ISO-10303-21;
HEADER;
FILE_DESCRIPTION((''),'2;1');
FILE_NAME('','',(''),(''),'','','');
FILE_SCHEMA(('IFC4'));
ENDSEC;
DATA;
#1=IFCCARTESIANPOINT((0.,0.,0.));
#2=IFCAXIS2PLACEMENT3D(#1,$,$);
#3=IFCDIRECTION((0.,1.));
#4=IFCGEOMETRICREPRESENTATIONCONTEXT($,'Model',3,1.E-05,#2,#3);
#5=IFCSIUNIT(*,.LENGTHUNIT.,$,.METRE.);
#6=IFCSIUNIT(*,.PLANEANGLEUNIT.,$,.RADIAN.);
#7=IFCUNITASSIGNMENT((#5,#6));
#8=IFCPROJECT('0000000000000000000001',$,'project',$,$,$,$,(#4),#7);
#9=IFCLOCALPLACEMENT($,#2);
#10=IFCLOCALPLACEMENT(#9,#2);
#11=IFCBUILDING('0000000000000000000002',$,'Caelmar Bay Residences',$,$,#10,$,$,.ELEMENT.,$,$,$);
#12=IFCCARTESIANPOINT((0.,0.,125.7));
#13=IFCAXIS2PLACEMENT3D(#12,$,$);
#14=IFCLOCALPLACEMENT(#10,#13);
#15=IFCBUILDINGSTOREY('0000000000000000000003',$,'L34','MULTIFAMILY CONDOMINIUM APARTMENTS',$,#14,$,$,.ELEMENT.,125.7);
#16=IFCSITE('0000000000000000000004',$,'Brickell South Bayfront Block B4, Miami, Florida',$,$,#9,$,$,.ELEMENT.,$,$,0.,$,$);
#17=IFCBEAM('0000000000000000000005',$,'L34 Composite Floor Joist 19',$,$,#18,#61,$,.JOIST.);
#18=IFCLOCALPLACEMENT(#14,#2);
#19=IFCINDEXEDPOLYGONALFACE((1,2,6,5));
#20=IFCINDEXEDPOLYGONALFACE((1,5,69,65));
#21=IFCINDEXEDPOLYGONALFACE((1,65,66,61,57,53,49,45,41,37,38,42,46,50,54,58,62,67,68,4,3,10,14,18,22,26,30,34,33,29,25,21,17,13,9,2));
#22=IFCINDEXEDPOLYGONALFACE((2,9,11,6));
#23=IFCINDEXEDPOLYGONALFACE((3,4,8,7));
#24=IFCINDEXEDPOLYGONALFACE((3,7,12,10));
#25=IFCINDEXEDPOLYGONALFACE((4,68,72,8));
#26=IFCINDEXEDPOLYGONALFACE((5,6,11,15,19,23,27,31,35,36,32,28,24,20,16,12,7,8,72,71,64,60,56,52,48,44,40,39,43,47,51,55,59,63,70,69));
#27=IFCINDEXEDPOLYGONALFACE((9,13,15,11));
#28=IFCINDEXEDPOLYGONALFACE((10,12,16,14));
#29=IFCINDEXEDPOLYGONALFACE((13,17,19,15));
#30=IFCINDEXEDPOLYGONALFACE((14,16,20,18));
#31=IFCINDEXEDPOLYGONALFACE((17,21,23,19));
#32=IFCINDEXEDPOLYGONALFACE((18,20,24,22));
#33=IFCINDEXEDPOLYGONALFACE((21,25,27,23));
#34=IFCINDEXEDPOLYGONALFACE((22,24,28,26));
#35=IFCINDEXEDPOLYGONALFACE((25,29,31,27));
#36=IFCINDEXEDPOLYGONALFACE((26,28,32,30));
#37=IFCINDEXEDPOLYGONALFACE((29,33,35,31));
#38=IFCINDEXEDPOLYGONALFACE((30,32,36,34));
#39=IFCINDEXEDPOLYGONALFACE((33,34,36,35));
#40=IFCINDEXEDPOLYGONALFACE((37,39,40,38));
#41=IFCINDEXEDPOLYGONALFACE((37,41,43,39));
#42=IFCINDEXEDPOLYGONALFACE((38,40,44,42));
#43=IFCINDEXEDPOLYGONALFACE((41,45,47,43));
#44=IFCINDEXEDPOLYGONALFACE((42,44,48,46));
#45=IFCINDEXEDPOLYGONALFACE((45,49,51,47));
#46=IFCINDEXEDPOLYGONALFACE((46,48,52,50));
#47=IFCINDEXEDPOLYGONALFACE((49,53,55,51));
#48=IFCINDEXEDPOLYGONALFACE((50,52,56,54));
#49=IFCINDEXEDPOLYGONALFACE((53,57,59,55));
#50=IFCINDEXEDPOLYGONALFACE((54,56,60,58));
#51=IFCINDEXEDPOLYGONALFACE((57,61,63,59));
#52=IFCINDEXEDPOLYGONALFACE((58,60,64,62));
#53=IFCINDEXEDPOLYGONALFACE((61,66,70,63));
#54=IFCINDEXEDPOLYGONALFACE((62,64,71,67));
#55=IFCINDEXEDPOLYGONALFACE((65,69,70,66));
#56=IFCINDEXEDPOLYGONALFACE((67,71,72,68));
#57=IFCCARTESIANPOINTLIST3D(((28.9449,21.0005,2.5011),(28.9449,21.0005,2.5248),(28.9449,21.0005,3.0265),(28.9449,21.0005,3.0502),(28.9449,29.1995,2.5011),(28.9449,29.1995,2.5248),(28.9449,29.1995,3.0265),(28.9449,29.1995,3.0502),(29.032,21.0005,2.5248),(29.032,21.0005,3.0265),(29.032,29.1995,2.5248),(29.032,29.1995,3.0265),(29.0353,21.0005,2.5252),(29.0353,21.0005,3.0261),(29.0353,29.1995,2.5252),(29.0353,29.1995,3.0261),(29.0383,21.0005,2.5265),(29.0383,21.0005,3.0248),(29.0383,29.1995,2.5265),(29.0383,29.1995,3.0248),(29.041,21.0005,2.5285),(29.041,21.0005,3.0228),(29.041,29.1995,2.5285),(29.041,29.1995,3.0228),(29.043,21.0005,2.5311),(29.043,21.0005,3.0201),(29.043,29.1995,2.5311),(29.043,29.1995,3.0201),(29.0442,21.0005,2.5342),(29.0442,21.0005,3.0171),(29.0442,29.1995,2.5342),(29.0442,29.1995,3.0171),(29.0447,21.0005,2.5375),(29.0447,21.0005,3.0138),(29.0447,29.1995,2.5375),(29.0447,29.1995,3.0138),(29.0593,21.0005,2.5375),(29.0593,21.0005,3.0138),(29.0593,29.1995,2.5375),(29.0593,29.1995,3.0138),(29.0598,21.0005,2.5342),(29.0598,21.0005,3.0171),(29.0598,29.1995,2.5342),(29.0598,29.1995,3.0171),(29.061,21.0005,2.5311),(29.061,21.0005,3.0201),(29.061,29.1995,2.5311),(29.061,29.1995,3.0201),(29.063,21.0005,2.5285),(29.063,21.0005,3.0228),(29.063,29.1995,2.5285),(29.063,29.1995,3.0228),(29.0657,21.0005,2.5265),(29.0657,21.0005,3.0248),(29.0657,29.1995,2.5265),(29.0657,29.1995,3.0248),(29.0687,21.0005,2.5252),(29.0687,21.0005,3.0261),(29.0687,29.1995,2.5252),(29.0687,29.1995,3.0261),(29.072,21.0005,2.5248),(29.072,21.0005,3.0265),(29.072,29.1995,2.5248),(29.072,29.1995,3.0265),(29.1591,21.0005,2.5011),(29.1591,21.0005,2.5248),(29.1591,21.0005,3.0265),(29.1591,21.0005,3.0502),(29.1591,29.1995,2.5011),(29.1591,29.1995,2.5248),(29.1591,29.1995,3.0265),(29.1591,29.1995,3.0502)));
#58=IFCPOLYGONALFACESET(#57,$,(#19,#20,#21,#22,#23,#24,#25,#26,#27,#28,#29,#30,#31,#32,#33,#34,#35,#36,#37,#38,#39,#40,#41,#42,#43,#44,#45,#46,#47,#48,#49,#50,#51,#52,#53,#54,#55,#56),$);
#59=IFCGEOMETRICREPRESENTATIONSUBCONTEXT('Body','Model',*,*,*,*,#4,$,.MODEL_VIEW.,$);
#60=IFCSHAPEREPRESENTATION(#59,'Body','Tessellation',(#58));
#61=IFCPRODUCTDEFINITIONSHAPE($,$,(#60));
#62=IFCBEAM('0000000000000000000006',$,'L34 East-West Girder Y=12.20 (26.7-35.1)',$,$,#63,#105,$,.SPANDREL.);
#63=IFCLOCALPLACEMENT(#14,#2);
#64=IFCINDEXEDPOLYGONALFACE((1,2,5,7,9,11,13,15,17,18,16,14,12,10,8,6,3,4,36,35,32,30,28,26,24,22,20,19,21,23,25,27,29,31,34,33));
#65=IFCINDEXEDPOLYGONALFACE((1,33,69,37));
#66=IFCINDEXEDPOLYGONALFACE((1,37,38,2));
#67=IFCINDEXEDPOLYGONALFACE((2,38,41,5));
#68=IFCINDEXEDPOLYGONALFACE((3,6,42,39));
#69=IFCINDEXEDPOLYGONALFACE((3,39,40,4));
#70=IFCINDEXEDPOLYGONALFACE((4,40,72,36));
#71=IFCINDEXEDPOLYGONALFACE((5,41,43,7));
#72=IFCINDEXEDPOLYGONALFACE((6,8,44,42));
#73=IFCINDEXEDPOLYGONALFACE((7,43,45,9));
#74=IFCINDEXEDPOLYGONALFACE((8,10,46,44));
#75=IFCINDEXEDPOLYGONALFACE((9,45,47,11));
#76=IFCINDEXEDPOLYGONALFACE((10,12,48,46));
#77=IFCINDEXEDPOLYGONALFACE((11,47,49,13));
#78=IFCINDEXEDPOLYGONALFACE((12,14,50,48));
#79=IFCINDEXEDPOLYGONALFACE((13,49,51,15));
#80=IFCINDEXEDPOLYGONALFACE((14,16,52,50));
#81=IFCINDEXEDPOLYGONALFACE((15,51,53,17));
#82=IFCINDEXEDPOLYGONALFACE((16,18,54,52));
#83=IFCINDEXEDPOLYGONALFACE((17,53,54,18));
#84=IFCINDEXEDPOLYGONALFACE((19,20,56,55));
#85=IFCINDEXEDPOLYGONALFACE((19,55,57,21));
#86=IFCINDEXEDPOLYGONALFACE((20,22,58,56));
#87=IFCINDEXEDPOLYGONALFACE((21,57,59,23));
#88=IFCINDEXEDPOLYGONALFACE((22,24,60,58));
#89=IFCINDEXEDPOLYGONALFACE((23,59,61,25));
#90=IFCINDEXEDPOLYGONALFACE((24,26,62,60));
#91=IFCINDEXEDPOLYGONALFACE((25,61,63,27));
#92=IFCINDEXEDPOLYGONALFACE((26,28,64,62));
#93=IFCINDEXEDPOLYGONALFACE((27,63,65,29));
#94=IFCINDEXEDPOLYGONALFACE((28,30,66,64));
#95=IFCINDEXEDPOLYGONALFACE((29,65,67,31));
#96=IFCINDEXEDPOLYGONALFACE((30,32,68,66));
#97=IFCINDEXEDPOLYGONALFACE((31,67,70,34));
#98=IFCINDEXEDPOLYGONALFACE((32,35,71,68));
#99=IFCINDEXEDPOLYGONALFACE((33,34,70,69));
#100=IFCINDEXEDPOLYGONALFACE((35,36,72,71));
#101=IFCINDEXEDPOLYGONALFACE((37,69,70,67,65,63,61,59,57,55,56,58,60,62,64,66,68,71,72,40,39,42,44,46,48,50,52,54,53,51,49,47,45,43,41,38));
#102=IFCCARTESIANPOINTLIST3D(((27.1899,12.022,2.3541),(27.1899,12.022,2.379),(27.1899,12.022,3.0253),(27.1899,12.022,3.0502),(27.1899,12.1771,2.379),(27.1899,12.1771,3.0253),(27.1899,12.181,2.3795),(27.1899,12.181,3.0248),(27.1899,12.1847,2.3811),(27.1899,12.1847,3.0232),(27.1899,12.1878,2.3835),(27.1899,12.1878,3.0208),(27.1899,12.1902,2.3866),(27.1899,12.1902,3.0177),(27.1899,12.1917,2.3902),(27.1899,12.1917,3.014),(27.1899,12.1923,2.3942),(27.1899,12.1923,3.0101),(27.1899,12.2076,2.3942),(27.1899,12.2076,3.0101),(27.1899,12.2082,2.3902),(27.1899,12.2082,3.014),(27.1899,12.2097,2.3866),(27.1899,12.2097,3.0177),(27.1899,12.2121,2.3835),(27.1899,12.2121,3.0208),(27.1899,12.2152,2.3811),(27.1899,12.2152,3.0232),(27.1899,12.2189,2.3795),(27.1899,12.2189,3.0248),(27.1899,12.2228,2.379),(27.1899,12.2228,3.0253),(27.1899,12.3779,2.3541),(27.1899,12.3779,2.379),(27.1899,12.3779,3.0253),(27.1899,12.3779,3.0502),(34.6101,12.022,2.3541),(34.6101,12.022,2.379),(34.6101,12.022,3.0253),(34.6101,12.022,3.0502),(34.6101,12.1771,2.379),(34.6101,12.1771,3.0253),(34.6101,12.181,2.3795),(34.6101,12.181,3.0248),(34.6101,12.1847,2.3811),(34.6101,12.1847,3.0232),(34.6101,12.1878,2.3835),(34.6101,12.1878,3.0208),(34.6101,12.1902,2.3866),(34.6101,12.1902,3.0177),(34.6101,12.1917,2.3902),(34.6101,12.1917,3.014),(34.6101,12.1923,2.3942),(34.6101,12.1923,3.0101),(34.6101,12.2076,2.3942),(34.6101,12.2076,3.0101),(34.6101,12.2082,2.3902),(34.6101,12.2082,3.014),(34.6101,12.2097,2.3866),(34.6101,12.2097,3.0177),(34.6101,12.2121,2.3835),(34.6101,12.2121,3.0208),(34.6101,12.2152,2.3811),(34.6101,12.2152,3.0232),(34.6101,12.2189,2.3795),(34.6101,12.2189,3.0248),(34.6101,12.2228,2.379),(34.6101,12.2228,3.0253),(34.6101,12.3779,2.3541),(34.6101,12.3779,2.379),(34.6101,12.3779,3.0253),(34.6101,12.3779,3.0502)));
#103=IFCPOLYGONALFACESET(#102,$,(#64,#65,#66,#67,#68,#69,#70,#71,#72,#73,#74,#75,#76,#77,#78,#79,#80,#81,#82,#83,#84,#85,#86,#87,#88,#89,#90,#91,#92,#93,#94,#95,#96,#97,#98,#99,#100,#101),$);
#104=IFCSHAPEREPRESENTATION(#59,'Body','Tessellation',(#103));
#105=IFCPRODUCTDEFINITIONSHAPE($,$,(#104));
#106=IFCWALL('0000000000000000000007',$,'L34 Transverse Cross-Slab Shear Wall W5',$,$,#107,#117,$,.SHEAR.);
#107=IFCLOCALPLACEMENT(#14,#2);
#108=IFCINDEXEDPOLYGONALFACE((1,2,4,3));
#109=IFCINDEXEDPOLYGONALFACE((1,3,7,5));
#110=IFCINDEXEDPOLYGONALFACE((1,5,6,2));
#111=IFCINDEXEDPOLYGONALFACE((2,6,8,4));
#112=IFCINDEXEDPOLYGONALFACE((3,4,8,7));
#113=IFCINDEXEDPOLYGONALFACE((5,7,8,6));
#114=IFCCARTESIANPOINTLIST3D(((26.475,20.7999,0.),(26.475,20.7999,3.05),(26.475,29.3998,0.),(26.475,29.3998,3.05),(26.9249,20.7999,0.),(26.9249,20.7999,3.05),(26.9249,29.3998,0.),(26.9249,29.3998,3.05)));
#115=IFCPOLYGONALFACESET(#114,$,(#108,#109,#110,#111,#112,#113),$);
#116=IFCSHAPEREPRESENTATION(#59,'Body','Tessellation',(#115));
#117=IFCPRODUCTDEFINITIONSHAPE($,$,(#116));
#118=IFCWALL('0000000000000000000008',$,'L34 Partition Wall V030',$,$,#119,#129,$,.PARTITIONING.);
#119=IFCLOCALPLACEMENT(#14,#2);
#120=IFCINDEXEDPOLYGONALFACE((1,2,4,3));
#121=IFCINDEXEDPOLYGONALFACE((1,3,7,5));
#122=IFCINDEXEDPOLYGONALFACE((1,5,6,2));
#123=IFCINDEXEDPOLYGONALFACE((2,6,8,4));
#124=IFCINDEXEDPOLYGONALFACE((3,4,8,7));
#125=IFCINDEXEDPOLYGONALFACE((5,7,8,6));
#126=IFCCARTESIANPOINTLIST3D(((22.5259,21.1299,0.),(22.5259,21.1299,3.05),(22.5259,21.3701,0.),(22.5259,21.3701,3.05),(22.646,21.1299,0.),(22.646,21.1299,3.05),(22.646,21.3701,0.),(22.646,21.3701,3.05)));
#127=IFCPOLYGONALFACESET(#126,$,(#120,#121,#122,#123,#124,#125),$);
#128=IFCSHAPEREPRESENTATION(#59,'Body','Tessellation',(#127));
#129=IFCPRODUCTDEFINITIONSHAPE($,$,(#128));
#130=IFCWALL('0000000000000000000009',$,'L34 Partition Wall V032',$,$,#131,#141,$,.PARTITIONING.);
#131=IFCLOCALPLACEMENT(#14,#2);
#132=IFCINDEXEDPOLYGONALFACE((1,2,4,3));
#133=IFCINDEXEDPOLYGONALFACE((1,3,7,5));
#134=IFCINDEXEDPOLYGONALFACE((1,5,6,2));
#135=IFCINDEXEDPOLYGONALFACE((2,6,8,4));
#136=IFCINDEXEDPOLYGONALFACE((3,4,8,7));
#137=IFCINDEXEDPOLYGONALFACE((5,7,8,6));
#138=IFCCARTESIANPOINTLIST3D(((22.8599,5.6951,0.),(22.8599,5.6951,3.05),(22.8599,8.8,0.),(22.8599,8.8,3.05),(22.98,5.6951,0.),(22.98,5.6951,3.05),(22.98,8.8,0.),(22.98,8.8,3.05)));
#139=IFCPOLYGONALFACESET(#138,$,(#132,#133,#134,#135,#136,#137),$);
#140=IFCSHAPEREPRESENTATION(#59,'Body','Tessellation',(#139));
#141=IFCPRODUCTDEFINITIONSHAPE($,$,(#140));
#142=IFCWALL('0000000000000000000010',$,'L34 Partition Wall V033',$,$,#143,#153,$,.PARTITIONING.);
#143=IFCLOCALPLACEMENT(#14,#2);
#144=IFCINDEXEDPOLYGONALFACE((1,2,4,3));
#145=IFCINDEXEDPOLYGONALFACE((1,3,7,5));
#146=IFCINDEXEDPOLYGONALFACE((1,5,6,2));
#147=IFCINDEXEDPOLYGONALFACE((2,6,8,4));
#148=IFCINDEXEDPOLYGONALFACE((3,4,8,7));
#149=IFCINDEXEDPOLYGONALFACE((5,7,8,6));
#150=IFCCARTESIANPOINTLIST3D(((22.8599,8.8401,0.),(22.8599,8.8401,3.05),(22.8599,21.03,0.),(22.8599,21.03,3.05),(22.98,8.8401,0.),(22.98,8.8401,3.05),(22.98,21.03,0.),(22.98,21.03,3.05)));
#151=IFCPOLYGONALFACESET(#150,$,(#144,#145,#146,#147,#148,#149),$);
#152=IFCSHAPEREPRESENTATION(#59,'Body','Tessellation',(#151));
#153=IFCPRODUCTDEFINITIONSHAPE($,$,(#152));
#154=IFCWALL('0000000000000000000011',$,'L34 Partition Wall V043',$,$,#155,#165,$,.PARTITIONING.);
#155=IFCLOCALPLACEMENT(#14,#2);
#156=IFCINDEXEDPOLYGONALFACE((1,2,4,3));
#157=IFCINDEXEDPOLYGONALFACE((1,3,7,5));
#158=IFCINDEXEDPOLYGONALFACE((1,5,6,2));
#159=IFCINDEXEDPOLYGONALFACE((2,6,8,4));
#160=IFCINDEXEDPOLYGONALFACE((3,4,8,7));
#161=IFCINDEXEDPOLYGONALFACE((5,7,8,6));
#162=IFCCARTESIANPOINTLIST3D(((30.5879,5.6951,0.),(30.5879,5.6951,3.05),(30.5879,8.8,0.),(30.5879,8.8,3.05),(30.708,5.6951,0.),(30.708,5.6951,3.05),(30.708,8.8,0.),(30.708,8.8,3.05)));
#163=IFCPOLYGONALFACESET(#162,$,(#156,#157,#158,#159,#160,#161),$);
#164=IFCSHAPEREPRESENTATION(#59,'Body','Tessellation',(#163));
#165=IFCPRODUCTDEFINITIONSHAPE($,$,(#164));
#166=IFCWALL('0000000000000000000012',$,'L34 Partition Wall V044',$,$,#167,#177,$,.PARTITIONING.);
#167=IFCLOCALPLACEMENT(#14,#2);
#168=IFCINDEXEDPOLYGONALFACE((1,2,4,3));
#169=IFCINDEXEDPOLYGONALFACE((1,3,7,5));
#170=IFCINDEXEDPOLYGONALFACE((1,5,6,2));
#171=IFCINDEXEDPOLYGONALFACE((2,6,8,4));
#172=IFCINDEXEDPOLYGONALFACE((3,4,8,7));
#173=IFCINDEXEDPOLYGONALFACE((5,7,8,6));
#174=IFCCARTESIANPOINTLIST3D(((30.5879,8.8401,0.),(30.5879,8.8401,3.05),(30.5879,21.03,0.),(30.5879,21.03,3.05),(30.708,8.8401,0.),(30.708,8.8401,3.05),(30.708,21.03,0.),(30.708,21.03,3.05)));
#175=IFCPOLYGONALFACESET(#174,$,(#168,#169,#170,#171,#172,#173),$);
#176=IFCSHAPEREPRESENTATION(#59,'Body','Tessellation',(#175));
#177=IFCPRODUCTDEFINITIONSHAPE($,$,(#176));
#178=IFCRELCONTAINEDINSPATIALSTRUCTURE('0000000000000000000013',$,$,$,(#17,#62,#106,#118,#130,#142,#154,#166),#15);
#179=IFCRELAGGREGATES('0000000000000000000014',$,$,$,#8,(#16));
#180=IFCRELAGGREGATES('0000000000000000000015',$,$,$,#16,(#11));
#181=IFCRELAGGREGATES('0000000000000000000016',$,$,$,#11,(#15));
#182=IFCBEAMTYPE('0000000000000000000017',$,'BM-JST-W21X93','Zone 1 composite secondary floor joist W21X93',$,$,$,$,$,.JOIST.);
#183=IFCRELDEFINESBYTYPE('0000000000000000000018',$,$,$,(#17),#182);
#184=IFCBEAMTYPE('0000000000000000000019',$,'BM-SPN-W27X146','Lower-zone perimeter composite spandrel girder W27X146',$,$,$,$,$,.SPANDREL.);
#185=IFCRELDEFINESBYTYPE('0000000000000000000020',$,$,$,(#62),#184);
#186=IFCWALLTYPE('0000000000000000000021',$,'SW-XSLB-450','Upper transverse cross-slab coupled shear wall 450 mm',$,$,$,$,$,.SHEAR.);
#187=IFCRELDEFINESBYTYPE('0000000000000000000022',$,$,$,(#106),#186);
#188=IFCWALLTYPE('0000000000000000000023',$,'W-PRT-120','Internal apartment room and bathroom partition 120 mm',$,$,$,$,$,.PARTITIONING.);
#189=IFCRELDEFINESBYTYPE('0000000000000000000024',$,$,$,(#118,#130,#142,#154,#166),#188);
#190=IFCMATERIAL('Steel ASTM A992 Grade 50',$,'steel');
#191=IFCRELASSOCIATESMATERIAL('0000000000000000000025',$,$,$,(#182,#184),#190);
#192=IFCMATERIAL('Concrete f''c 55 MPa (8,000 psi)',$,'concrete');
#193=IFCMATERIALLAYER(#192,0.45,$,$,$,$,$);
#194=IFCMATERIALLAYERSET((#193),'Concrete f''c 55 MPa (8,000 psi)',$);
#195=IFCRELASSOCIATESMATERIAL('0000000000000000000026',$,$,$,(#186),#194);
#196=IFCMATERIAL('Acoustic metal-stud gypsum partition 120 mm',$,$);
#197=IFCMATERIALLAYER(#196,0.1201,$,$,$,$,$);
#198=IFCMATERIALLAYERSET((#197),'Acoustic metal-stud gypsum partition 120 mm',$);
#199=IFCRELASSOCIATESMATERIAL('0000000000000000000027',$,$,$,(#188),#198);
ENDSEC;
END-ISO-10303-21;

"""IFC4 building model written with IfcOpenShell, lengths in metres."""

from ifc_helpers import new_model, si_unit, direction, frame, frame_2d, origin, origin_2d, place, context, subcontext, project, spatial, rectangle, i_section, extrude, material, layer, layer_set, material_profile, profile_set, type_object, element, save


model = new_model("IFC4")

# Units and contexts
model_context = context("Model", 3, precision=1e-05, world=origin(), true_north=direction((0.0, 1.0)))
body_context = subcontext(model_context, "Body", "Model", "MODEL_VIEW")
ifc_project = project(units=[si_unit("LENGTHUNIT", "METRE"), si_unit("PLANEANGLEUNIT", "RADIAN")], contexts=[model_context])

# Site, building, storey
site_placement = place(None, origin())
site = spatial("IfcSite", under=ifc_project, at=site_placement, Name="Brickell South Bayfront Block B4, Miami, Florida", CompositionType="ELEMENT", RefElevation=0.0)
building_placement = place(site_placement, origin())
building = spatial("IfcBuilding", under=site, at=building_placement, Name="Caelmar Bay Residences", CompositionType="ELEMENT")
storey_placement = place(building_placement, frame((0.0, 0.0, 125.7)))
storey = spatial("IfcBuildingStorey", under=building, at=storey_placement, Name="L34", Description="MULTIFAMILY CONDOMINIUM APARTMENTS", CompositionType="ELEMENT", Elevation=125.7)

# Beams
ifc_material_1 = material(Name="Steel ASTM A992 Grade 50", Category="steel")
ifc_material_profile_1 = material_profile(ifc_material_1, i_section(OverallWidth=0.2141, OverallDepth=0.5491, WebThickness=0.0146, FlangeThickness=0.0237, FilletRadius=0.0127, at=origin_2d()), Name="W21X93")
ifc_profile_set_1 = profile_set([ifc_material_profile_1], Name="Steel ASTM A992 Grade 50")
beam_type_1 = type_object("IfcBeamType", Name="BM-JST-W21X93", Description="Zone 1 composite secondary floor joist W21X93", PredefinedType="JOIST", material=ifc_profile_set_1)
for number, where, z_axis, x_axis, name in (
    (1, (29.052, 21.0005, 2.7756), (0.0, 1.0, 0.0), (-1.0, 0.0, 0.0), "L34 Composite Floor Joist 19"),
):
    element("IfcBeam", number, at=place(storey_placement, frame(where, z_axis=z_axis, x_axis=x_axis)), inside=storey, type_object=beam_type_1, Name=name, PredefinedType="JOIST", context=body_context, shape_type="SweptSolid", body=[
        extrude(i_section(OverallWidth=0.2141, OverallDepth=0.5491, WebThickness=0.0146, FlangeThickness=0.0237, FilletRadius=0.0127, at=origin_2d()), origin(), (0.0, 0.0, 1.0), 8.199),
    ])
ifc_material_profile_2 = material_profile(ifc_material_1, i_section(OverallWidth=0.356, OverallDepth=0.696, WebThickness=0.0154, FlangeThickness=0.0249, FilletRadius=0.0151, at=origin_2d()), Name="W27X146")
ifc_profile_set_2 = profile_set([ifc_material_profile_2], Name="Steel ASTM A992 Grade 50")
beam_type_2 = type_object("IfcBeamType", Name="BM-SPN-W27X146", Description="Lower-zone perimeter composite spandrel girder W27X146", PredefinedType="SPANDREL", material=ifc_profile_set_2)
beam_1_placement = place(storey_placement, frame((27.1899, 12.2, 2.7021), z_axis=(1.0, 0.0, 0.0), x_axis=(0.0, 1.0, 0.0)))
element("IfcBeam", 2, at=beam_1_placement, inside=storey, type_object=beam_type_2, Name="L34 East-West Girder Y=12.20 (26.7-35.1)", PredefinedType="SPANDREL", context=body_context, shape_type="SweptSolid", body=[
    extrude(i_section(OverallWidth=0.356, OverallDepth=0.696, WebThickness=0.0154, FlangeThickness=0.0249, FilletRadius=0.0151, at=origin_2d()), origin(), (0.0, 0.0, 1.0), 7.4202),
])

# Walls
ifc_material_2 = material(Name="Concrete f'c 55 MPa (8,000 psi)", Category="concrete")
ifc_layer_1 = layer(ifc_material_2, 0.45)
ifc_layer_set_1 = layer_set([ifc_layer_1], Name="Concrete f'c 55 MPa (8,000 psi)")
wall_type_1 = type_object("IfcWallType", Name="SW-XSLB-450", Description="Upper transverse cross-slab coupled shear wall 450 mm", PredefinedType="SHEAR", material=ifc_layer_set_1)
wall_1_placement = place(storey_placement, frame((26.7, 20.8, 0.0), z_axis=(0.0, 0.0, 1.0), x_axis=(0.0, 1.0, 0.0)))
element("IfcWall", 3, at=wall_1_placement, inside=storey, type_object=wall_type_1, Name="L34 Transverse Cross-Slab Shear Wall W5", PredefinedType="SHEAR", context=body_context, shape_type="SweptSolid", body=[
    extrude(rectangle(XDim=8.5999, YDim=0.45, at=frame_2d((4.2998, 0.0))), origin(), (0.0, 0.0, 1.0), 3.05),
])
ifc_material_3 = material(Name="Acoustic metal-stud gypsum partition 120 mm")
ifc_layer_2 = layer(ifc_material_3, 0.1201)
ifc_layer_set_2 = layer_set([ifc_layer_2], Name="Acoustic metal-stud gypsum partition 120 mm")
wall_type_2 = type_object("IfcWallType", Name="W-PRT-120", Description="Internal apartment room and bathroom partition 120 mm", PredefinedType="PARTITIONING", material=ifc_layer_set_2)
wall_2_placement = place(storey_placement, frame((22.5859, 21.1299, 0.0), z_axis=(0.0, 0.0, 1.0), x_axis=(0.0, 1.0, 0.0)))
element("IfcWall", 4, at=wall_2_placement, inside=storey, type_object=wall_type_2, Name="L34 Partition Wall V030", PredefinedType="PARTITIONING", context=body_context, shape_type="SweptSolid", body=[
    extrude(rectangle(XDim=0.2402, YDim=0.1201, at=frame_2d((0.1201, 0.0))), origin(), (0.0, 0.0, 1.0), 3.05),
])
wall_3_placement = place(storey_placement, frame((22.9199, 5.6951, 0.0), z_axis=(0.0, 0.0, 1.0), x_axis=(0.0, 1.0, 0.0)))
element("IfcWall", 5, at=wall_3_placement, inside=storey, type_object=wall_type_2, Name="L34 Partition Wall V032", PredefinedType="PARTITIONING", context=body_context, shape_type="SweptSolid", body=[
    extrude(rectangle(XDim=3.105, YDim=0.1201, at=frame_2d((1.5525, 0.0))), origin(), (0.0, 0.0, 1.0), 3.05),
])
wall_4_placement = place(storey_placement, frame((22.9199, 8.8401, 0.0), z_axis=(0.0, 0.0, 1.0), x_axis=(0.0, 1.0, 0.0)))
element("IfcWall", 6, at=wall_4_placement, inside=storey, type_object=wall_type_2, Name="L34 Partition Wall V033", PredefinedType="PARTITIONING", context=body_context, shape_type="SweptSolid", body=[
    extrude(rectangle(XDim=12.1899, YDim=0.1201, at=frame_2d((6.095, 0.0))), origin(), (0.0, 0.0, 1.0), 3.05),
])
wall_5_placement = place(storey_placement, frame((30.6479, 5.6951, 0.0), z_axis=(0.0, 0.0, 1.0), x_axis=(0.0, 1.0, 0.0)))
element("IfcWall", 7, at=wall_5_placement, inside=storey, type_object=wall_type_2, Name="L34 Partition Wall V043", PredefinedType="PARTITIONING", context=body_context, shape_type="SweptSolid", body=[
    extrude(rectangle(XDim=3.105, YDim=0.1201, at=frame_2d((1.5525, 0.0))), origin(), (0.0, 0.0, 1.0), 3.05),
])
wall_6_placement = place(storey_placement, frame((30.6479, 8.8401, 0.0), z_axis=(0.0, 0.0, 1.0), x_axis=(0.0, 1.0, 0.0)))
element("IfcWall", 8, at=wall_6_placement, inside=storey, type_object=wall_type_2, Name="L34 Partition Wall V044", PredefinedType="PARTITIONING", context=body_context, shape_type="SweptSolid", body=[
    extrude(rectangle(XDim=12.1899, YDim=0.1201, at=frame_2d((6.095, 0.0))), origin(), (0.0, 0.0, 1.0), 3.05),
])

save(model, "model.ifc")
